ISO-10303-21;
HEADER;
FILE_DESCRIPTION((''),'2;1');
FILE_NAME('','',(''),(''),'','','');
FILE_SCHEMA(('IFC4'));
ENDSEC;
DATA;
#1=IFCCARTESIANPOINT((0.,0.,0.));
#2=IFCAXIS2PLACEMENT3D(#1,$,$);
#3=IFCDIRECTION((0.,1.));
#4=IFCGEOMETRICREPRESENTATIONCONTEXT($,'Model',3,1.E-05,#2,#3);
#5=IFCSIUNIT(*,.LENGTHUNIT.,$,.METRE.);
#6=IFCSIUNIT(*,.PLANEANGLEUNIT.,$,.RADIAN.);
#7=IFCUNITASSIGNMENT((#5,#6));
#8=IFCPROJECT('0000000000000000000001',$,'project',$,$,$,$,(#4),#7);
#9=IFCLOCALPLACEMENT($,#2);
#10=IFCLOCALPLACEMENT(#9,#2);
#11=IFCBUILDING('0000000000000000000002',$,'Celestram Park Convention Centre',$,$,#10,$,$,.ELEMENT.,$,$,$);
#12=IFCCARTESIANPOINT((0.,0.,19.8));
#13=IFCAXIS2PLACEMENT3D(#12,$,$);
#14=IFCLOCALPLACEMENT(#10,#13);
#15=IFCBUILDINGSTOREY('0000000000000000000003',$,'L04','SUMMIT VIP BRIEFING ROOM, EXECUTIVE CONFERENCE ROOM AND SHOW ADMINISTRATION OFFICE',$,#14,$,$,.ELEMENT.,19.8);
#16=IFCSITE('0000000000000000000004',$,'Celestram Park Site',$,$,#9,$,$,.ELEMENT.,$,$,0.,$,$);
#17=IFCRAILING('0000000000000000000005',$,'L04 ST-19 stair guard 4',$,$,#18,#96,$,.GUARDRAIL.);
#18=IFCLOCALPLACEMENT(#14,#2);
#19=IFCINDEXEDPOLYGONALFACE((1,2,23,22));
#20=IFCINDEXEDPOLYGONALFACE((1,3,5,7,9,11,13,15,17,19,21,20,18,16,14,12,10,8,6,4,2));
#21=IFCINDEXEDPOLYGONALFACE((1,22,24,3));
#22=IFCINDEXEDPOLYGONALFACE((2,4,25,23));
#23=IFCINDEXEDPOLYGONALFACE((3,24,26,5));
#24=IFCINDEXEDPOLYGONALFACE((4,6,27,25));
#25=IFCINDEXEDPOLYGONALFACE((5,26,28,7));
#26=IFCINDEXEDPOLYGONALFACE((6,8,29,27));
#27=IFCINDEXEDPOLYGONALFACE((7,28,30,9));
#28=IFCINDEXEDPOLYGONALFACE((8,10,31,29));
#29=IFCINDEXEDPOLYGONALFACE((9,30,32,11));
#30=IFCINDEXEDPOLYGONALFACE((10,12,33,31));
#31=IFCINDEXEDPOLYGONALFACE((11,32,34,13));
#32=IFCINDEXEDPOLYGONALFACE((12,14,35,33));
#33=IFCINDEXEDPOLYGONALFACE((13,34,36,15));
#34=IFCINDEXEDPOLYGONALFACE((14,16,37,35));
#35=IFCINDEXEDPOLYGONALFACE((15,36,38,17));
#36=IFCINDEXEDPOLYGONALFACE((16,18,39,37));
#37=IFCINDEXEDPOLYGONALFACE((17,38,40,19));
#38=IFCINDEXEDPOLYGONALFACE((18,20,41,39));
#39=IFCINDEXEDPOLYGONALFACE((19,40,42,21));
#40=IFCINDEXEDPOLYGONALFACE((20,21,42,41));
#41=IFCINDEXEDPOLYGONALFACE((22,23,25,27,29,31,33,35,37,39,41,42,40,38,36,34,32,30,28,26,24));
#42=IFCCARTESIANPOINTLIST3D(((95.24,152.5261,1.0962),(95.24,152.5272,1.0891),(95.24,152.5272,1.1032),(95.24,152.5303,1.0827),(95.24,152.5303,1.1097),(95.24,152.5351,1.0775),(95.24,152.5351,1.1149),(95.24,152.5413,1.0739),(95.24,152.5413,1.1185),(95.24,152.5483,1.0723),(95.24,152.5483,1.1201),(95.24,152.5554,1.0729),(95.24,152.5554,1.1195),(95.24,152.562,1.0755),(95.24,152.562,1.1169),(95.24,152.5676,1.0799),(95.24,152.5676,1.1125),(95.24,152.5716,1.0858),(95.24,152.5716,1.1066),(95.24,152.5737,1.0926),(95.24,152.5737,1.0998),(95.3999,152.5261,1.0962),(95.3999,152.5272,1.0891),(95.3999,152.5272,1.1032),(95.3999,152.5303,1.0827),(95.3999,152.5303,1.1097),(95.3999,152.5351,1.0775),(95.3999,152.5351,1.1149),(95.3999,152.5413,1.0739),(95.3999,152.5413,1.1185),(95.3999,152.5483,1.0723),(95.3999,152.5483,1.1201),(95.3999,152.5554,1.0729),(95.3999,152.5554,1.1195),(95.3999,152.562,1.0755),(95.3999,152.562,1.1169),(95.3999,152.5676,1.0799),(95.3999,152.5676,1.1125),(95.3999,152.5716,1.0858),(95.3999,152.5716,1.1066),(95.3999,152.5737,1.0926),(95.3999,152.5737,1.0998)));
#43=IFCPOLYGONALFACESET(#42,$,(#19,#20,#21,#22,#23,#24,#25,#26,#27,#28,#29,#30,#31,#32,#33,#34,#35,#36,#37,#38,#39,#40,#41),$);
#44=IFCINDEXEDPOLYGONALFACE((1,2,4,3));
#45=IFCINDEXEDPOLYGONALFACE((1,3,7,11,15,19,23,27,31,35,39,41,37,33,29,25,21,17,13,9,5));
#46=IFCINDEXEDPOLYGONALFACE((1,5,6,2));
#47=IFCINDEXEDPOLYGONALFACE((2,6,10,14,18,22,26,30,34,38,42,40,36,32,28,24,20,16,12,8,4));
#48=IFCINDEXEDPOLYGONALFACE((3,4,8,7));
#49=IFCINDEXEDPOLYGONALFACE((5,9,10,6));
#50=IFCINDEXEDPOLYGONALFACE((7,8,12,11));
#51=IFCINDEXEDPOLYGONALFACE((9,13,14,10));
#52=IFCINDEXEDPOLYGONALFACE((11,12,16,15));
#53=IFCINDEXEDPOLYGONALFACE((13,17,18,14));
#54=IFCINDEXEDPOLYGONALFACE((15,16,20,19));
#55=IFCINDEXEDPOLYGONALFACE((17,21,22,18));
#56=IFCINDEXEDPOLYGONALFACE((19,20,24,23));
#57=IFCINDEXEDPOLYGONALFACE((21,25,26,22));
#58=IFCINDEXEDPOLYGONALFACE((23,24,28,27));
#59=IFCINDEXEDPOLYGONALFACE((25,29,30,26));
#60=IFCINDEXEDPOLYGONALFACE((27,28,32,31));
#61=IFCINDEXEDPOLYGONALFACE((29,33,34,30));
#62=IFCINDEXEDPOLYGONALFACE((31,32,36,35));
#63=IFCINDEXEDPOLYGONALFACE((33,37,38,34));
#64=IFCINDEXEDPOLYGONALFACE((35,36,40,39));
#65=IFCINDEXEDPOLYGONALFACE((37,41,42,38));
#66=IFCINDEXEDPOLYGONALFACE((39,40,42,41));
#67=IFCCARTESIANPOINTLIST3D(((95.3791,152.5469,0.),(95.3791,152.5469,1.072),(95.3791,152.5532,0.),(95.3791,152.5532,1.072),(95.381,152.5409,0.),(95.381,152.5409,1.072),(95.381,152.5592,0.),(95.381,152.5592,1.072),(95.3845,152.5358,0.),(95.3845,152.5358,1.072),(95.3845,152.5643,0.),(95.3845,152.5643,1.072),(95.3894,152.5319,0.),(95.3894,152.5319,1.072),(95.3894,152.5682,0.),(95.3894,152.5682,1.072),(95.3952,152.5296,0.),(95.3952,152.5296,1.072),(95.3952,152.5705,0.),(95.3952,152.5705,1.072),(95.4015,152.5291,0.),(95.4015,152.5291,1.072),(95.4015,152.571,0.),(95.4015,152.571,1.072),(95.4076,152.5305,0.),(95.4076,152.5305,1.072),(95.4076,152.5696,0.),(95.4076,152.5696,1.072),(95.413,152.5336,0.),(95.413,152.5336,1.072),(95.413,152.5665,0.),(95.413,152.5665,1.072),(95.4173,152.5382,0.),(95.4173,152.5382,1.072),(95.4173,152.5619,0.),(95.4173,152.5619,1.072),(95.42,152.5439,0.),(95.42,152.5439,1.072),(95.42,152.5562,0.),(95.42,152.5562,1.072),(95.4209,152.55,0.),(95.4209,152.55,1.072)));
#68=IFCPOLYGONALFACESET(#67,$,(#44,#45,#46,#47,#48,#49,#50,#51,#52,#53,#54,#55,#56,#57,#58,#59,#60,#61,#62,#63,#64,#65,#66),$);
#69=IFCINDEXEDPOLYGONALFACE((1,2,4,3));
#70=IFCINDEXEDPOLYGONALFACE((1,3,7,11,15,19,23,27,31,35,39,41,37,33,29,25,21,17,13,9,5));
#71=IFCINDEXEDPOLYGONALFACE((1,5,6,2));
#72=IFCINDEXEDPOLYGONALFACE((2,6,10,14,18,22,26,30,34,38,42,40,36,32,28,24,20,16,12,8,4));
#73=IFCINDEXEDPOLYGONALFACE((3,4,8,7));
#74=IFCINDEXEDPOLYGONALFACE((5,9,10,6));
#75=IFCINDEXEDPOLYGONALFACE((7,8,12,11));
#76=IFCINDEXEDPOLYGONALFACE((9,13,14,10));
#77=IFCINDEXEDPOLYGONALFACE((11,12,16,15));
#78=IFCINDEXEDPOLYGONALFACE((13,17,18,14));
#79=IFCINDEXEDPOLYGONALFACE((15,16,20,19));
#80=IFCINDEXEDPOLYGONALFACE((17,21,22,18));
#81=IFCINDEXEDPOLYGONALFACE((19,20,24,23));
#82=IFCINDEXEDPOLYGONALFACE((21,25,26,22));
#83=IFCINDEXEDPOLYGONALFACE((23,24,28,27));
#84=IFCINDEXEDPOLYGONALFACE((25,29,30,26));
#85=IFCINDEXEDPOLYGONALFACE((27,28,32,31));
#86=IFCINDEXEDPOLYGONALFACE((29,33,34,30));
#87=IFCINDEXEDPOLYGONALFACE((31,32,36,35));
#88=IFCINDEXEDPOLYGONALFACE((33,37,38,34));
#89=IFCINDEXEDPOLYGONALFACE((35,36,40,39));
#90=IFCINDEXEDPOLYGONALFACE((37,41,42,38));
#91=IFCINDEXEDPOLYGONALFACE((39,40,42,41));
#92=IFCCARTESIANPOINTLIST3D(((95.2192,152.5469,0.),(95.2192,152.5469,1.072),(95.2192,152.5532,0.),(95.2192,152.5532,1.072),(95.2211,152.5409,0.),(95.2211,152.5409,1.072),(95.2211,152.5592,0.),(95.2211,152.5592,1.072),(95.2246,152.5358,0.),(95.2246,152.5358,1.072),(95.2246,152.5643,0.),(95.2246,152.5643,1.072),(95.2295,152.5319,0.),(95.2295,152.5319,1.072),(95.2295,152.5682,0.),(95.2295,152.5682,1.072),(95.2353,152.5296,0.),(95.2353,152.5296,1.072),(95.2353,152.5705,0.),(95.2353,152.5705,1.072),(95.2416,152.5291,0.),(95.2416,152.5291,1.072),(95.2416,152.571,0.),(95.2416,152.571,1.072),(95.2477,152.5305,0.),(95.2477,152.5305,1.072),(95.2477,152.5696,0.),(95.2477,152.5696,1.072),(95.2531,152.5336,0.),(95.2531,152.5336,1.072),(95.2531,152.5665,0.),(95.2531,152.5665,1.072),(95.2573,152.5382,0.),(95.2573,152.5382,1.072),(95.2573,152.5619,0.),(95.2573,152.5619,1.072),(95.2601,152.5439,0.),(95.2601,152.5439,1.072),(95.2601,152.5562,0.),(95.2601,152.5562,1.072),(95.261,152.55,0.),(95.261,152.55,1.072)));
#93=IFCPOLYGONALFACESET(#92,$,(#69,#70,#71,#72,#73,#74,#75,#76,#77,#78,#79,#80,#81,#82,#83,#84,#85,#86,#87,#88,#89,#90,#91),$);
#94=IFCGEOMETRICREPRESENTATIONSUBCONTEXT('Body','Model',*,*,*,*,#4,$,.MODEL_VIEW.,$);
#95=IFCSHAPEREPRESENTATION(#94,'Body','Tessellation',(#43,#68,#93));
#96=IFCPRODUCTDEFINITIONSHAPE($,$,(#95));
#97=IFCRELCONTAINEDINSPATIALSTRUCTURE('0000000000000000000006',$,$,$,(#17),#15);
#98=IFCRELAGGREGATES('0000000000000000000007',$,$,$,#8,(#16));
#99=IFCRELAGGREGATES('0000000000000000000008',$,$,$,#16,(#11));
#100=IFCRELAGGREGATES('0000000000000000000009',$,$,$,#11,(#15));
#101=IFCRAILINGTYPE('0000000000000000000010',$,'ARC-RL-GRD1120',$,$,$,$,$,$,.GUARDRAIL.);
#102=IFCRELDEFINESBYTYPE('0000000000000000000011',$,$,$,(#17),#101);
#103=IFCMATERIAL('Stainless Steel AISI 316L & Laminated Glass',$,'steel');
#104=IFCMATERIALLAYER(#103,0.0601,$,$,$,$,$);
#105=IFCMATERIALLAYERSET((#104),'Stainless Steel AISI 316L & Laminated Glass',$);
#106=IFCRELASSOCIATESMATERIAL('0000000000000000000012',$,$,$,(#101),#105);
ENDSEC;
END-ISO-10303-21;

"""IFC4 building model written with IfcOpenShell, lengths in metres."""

from ifc_helpers import new_model, si_unit, direction, frame, origin, origin_2d, place, context, subcontext, project, spatial, circle, extrude, material, layer, layer_set, type_object, element, save


model = new_model("IFC4")

# Units and contexts
model_context = context("Model", 3, precision=1e-05, world=origin(), true_north=direction((0.0, 1.0)))
body_context = subcontext(model_context, "Body", "Model", "MODEL_VIEW")
ifc_project = project(units=[si_unit("LENGTHUNIT", "METRE"), si_unit("PLANEANGLEUNIT", "RADIAN")], contexts=[model_context])

# Site, building, storey
site_placement = place(None, origin())
site = spatial("IfcSite", under=ifc_project, at=site_placement, Name="Celestram Park Site", CompositionType="ELEMENT", RefElevation=0.0)
building_placement = place(site_placement, origin())
building = spatial("IfcBuilding", under=site, at=building_placement, Name="Celestram Park Convention Centre", CompositionType="ELEMENT")
storey_placement = place(building_placement, frame((0.0, 0.0, 19.8)))
storey = spatial("IfcBuildingStorey", under=building, at=storey_placement, Name="L04", Description="SUMMIT VIP BRIEFING ROOM, EXECUTIVE CONFERENCE ROOM AND SHOW ADMINISTRATION OFFICE", CompositionType="ELEMENT", Elevation=19.8)

# Railing
ifc_material_1 = material(Name="Stainless Steel AISI 316L & Laminated Glass", Category="steel")
ifc_layer_1 = layer(ifc_material_1, 0.0601)
ifc_layer_set_1 = layer_set([ifc_layer_1], Name="Stainless Steel AISI 316L & Laminated Glass")
railing_type_1 = type_object("IfcRailingType", Name="ARC-RL-GRD1120", PredefinedType="GUARDRAIL", material=ifc_layer_set_1)
railing_1_placement = place(storey_placement, frame((95.3999, 152.55, 0.0)))
element("IfcRailing", 1, at=railing_1_placement, inside=storey, type_object=railing_type_1, Name="L04 ST-19 stair guard 4", PredefinedType="GUARDRAIL", context=body_context, shape_type="SweptSolid", body=[
    extrude(circle(Radius=0.0239, at=origin_2d()), frame((0.0, 0.0, 1.0962), z_axis=(-1.0, 0.0, 0.0), x_axis=(0.0, -1.0, 0.0)), (0.0, 0.0, 1.0), 0.1599),
    extrude(circle(Radius=0.021, at=origin_2d()), origin(), (0.0, 0.0, 1.0), 1.072),
    extrude(circle(Radius=0.021, at=origin_2d()), frame((-0.1599, 0.0, 0.0)), (0.0, 0.0, 1.0), 1.072),
])

save(model, "model.ifc")
